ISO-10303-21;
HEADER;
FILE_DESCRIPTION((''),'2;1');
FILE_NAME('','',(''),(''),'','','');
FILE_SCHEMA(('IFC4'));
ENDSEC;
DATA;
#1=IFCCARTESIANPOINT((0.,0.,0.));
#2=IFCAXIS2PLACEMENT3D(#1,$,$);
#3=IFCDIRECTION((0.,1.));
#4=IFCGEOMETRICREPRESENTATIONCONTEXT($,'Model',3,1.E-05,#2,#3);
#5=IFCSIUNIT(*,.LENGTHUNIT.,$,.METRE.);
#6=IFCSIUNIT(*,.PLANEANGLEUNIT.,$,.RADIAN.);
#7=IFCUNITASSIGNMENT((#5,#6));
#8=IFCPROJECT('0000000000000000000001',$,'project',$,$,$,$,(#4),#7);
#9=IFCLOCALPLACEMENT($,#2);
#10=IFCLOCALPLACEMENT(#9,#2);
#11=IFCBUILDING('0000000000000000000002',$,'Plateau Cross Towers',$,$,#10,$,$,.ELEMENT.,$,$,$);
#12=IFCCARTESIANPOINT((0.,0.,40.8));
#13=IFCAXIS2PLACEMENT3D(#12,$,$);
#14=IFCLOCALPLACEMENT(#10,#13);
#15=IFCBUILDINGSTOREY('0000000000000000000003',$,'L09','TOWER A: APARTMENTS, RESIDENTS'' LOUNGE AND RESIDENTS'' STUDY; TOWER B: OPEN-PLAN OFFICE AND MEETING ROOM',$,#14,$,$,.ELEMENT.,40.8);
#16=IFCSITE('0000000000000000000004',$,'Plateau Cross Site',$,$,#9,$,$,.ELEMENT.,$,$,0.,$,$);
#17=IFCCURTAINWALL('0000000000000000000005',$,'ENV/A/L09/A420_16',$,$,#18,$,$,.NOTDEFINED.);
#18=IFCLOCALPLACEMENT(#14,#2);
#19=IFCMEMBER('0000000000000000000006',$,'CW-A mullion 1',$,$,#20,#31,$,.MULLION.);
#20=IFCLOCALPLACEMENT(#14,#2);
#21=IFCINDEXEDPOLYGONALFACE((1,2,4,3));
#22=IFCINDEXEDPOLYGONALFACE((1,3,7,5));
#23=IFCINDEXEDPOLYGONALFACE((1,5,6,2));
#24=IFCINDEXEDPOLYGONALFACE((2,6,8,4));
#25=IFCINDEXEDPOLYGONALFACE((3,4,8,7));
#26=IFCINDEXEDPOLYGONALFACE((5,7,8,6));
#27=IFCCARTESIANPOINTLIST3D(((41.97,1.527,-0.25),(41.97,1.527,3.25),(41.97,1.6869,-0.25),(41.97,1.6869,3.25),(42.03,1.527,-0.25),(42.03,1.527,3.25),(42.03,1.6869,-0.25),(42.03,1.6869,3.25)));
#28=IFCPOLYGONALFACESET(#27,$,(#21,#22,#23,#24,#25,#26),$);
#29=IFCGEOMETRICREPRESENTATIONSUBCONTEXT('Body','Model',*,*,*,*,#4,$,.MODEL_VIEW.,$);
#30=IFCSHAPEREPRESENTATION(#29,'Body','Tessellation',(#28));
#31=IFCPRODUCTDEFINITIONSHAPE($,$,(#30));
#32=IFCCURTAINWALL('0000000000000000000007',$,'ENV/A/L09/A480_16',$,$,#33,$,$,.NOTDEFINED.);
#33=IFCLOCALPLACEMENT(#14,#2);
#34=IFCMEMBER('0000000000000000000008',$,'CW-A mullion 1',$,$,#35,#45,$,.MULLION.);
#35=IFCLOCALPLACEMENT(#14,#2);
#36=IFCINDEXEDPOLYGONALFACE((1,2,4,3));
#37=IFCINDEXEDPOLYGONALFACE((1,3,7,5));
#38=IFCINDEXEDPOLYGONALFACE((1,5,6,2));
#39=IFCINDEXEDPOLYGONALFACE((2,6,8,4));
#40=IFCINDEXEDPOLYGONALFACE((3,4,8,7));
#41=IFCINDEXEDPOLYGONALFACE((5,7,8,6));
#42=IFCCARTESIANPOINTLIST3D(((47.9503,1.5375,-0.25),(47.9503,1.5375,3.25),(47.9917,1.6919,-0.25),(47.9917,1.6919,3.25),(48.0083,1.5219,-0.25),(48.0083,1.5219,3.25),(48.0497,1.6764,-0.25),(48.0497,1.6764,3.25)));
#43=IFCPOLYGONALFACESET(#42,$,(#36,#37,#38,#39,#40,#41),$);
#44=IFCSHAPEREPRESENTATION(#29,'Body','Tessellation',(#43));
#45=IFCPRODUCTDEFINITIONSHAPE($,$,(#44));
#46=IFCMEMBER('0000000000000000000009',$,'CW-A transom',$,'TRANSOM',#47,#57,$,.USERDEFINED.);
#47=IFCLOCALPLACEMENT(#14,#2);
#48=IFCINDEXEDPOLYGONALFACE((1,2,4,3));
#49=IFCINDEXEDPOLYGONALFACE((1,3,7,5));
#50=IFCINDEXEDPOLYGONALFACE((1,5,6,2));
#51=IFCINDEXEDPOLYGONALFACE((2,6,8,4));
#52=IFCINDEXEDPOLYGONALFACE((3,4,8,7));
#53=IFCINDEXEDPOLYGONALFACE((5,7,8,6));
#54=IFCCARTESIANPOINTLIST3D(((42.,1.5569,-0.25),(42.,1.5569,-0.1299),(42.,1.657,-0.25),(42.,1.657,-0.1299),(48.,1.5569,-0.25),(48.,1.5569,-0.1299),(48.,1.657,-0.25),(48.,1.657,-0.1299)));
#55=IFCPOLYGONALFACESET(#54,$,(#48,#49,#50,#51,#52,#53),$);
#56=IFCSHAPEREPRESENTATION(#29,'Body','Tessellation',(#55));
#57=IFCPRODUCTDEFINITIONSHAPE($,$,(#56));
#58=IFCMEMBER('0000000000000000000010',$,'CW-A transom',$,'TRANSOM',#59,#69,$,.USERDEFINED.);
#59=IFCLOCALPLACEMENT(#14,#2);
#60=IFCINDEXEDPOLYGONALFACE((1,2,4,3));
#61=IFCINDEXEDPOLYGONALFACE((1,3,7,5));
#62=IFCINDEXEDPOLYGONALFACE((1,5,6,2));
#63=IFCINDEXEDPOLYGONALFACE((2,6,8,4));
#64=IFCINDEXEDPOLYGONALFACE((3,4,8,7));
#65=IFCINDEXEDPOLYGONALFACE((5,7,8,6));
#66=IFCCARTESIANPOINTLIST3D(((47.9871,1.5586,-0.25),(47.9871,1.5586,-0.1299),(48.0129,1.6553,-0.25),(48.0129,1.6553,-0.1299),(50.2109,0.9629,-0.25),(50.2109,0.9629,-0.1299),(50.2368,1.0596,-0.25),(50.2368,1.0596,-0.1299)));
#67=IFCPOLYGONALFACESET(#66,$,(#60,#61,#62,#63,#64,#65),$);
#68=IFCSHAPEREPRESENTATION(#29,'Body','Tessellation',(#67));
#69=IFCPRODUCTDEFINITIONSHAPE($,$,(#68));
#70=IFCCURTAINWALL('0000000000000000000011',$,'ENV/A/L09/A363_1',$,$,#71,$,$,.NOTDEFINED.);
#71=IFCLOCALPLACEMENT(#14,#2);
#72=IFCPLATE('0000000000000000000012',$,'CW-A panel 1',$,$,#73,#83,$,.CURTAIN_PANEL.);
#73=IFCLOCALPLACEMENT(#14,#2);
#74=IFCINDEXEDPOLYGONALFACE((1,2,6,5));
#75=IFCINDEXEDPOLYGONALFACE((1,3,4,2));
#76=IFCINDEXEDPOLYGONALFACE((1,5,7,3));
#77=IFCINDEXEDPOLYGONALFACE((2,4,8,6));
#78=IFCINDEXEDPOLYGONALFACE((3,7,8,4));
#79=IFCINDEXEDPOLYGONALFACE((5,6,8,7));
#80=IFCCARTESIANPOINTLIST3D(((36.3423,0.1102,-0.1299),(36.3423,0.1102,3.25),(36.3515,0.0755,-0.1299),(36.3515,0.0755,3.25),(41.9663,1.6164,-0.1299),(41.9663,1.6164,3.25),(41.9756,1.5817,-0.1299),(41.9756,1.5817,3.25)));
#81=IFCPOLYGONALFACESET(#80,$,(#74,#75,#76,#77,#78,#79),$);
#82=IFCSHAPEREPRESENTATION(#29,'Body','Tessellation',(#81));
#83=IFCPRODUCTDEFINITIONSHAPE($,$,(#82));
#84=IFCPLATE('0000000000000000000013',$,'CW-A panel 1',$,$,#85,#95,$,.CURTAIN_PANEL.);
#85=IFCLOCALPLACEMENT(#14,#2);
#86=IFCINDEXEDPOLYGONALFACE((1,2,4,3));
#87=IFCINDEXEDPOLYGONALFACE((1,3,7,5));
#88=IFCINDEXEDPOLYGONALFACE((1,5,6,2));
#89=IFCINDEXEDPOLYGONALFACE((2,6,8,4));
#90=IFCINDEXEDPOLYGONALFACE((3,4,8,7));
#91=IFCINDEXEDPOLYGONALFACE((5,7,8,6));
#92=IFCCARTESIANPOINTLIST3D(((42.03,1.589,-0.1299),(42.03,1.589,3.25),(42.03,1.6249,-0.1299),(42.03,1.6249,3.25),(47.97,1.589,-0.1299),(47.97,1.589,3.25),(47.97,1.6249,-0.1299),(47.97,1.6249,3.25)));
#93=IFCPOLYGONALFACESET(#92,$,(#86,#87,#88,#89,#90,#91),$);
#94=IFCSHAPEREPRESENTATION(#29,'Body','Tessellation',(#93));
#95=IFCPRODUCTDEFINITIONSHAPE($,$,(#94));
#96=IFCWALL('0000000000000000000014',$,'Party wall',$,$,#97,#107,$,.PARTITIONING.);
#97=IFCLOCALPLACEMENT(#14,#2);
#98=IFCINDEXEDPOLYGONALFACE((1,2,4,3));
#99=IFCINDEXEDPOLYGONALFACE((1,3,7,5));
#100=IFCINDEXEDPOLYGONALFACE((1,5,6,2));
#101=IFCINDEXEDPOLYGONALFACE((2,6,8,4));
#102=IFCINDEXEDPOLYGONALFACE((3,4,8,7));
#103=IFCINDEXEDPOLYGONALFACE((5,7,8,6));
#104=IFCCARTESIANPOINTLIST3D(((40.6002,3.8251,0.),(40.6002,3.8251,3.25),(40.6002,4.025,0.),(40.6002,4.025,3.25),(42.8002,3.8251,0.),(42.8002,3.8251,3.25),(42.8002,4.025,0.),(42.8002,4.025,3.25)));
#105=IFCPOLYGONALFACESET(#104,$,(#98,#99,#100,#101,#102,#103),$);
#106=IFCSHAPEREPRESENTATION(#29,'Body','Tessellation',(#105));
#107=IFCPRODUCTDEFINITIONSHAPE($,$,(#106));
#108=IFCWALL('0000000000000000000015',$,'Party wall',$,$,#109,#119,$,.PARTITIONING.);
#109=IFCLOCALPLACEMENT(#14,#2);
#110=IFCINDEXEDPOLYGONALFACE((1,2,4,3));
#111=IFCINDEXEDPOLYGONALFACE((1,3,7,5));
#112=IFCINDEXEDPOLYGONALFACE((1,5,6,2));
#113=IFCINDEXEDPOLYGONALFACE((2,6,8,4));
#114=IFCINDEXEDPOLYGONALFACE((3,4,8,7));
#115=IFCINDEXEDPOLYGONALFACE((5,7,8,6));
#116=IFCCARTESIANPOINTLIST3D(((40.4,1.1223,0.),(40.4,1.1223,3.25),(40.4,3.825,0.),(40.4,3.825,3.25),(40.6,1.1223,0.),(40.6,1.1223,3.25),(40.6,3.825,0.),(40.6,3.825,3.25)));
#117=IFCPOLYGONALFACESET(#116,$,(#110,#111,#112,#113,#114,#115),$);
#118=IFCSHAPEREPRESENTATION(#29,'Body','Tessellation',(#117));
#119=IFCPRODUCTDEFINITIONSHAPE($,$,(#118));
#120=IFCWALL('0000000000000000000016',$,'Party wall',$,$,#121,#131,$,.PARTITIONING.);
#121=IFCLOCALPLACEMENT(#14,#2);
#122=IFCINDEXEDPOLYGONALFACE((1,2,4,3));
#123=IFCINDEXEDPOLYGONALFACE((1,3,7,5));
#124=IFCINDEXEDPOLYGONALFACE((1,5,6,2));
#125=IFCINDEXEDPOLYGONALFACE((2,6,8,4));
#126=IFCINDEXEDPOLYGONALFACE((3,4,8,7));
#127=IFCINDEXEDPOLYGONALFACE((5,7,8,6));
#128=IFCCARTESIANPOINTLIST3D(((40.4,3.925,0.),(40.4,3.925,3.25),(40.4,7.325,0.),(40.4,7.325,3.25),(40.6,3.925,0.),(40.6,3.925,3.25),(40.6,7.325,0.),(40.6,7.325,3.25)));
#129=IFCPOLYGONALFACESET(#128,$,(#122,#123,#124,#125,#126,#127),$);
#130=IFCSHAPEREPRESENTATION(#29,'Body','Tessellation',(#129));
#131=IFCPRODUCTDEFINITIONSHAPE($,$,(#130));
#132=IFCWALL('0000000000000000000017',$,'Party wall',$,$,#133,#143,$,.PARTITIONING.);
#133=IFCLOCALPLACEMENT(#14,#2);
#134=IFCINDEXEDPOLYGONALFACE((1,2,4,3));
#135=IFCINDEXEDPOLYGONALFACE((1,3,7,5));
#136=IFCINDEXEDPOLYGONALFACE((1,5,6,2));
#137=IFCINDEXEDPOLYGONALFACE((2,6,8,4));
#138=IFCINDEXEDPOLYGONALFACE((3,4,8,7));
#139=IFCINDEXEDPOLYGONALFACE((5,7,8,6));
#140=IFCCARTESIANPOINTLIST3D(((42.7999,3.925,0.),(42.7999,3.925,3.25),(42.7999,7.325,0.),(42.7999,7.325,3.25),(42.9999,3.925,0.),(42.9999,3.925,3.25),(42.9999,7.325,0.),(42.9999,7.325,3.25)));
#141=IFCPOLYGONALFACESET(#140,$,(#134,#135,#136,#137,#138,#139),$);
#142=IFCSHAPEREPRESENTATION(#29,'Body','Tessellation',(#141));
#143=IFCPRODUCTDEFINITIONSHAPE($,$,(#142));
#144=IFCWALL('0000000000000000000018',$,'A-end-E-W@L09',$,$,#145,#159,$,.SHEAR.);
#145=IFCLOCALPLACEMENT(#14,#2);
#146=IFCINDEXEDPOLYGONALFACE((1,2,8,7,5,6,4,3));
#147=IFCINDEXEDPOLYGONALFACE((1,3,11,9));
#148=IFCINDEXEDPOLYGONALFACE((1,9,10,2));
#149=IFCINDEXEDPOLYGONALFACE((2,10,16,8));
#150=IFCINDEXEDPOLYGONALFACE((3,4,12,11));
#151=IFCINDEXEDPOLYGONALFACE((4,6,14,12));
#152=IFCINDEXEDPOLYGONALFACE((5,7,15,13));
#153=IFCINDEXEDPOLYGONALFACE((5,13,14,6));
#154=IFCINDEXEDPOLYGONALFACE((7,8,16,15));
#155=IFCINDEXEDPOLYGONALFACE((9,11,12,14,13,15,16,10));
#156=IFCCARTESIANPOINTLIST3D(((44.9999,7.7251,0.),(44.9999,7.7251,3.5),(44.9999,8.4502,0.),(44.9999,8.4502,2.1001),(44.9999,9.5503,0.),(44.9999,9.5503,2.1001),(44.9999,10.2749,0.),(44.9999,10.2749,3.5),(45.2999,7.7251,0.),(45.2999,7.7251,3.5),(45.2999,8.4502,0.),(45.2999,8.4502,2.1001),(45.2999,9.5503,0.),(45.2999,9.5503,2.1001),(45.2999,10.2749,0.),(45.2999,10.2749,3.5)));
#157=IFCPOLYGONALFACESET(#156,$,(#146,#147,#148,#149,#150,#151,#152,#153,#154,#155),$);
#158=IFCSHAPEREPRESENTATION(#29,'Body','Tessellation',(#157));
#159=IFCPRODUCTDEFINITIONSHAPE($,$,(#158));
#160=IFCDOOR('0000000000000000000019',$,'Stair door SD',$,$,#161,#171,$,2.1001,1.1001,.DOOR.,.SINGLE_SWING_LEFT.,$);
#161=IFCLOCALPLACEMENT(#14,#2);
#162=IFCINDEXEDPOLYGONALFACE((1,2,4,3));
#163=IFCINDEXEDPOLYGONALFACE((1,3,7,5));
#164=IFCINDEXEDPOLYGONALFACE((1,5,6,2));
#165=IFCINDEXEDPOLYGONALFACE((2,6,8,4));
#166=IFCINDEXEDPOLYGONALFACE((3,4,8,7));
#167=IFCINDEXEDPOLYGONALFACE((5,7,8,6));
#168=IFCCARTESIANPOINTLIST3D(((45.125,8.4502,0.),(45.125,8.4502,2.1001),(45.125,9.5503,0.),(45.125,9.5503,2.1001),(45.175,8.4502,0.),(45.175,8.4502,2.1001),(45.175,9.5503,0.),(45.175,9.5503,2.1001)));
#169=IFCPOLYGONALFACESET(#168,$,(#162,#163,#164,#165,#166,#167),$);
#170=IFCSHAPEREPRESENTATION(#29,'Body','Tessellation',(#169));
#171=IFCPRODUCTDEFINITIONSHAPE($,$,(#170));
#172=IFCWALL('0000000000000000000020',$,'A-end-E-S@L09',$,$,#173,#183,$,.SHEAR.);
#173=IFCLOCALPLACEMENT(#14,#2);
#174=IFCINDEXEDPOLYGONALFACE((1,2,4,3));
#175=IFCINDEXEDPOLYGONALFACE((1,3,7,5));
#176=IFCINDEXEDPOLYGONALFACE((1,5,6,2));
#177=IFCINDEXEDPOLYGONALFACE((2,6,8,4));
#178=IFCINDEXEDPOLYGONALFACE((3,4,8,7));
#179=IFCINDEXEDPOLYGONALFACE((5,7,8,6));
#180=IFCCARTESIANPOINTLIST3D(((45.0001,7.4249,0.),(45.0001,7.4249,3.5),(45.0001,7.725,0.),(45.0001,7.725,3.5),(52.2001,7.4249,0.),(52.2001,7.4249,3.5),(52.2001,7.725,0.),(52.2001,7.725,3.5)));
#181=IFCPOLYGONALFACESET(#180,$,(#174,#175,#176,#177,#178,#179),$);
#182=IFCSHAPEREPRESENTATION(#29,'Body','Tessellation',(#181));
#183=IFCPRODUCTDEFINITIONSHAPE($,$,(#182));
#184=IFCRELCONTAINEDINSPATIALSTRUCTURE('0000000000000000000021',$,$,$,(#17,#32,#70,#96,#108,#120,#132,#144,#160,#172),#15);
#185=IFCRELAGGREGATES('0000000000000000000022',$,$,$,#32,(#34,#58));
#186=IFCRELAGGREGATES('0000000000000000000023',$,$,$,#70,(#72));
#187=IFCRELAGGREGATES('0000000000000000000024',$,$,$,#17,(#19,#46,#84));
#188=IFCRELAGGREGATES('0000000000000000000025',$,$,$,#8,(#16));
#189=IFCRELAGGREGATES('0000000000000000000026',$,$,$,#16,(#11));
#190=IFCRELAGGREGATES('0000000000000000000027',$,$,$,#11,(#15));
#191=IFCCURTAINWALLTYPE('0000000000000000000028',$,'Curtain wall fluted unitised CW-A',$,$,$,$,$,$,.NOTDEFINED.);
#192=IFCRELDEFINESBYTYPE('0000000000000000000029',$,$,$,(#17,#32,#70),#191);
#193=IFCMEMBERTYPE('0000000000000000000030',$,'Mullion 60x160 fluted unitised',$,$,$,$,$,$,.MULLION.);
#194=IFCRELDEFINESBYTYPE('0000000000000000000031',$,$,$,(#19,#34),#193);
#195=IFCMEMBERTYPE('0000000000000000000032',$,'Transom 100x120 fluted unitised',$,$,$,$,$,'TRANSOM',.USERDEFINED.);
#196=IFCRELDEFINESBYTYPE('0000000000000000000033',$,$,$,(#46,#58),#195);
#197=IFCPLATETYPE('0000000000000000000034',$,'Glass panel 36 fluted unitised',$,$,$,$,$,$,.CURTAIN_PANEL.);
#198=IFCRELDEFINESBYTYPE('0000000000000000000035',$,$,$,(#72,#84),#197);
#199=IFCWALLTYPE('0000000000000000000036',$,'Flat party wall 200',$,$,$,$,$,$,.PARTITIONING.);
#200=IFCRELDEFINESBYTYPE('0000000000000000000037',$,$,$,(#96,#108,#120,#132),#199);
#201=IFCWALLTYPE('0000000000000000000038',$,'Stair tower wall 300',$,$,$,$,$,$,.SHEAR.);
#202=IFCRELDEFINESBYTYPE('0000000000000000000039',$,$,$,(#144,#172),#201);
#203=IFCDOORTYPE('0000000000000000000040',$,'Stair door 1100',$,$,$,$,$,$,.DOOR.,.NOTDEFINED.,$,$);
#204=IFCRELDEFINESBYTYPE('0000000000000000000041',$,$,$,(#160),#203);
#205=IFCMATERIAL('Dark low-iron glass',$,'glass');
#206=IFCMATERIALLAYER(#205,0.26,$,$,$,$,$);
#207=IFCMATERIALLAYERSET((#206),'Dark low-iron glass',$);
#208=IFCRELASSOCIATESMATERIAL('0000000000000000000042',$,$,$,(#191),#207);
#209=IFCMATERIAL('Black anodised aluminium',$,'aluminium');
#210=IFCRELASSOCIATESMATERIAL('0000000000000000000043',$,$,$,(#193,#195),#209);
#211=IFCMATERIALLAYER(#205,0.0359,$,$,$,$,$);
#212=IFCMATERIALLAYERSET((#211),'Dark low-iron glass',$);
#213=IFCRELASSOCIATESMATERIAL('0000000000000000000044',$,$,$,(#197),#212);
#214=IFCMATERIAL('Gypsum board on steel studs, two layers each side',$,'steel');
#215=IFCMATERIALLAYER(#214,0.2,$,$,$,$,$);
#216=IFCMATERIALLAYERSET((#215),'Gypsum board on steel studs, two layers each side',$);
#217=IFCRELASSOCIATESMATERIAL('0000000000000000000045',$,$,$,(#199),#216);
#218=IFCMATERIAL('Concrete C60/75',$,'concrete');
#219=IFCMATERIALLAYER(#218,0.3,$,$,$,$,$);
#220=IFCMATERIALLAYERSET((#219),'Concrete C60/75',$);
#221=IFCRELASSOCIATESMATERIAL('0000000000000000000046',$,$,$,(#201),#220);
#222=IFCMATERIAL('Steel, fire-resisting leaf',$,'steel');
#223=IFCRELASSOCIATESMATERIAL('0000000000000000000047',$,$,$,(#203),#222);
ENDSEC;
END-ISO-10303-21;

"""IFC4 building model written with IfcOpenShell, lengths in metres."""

from ifc_helpers import new_model, si_unit, direction, frame, frame_2d, origin, origin_2d, place, context, subcontext, project, spatial, rectangle, extrude, material, layer, layer_set, material_profile, profile_set, type_object, element, fill, aggregate, save


model = new_model("IFC4")

# Units and contexts
model_context = context("Model", 3, precision=1e-05, world=origin(), true_north=direction((0.0, 1.0)))
body_context = subcontext(model_context, "Body", "Model", "MODEL_VIEW")
ifc_project = project(units=[si_unit("LENGTHUNIT", "METRE"), si_unit("PLANEANGLEUNIT", "RADIAN")], contexts=[model_context])

# Site, building, storey
site_placement = place(None, origin())
site = spatial("IfcSite", under=ifc_project, at=site_placement, Name="Plateau Cross Site", CompositionType="ELEMENT", RefElevation=0.0)
building_placement = place(site_placement, origin())
building = spatial("IfcBuilding", under=site, at=building_placement, Name="Plateau Cross Towers", CompositionType="ELEMENT")
storey_placement = place(building_placement, frame((0.0, 0.0, 40.8)))
storey = spatial("IfcBuildingStorey", under=building, at=storey_placement, Name="L09", Description="TOWER A: APARTMENTS, RESIDENTS' LOUNGE AND RESIDENTS' STUDY; TOWER B: OPEN-PLAN OFFICE AND MEETING ROOM", CompositionType="ELEMENT", Elevation=40.8)

# Curtain walls, members
ifc_material_1 = material(Name="Dark low-iron glass", Category="glass")
ifc_layer_1 = layer(ifc_material_1, 0.26)
ifc_layer_set_1 = layer_set([ifc_layer_1], Name="Dark low-iron glass")
curtain_wall_type = type_object("IfcCurtainWallType", Name="Curtain wall fluted unitised CW-A", PredefinedType="NOTDEFINED", material=ifc_layer_set_1)
curtain_wall_1_placement = place(storey_placement, origin())
curtain_wall_1 = element("IfcCurtainWall", 1, at=curtain_wall_1_placement, inside=storey, type_object=curtain_wall_type, Name="ENV/A/L09/A420_16", PredefinedType="NOTDEFINED")
ifc_material_2 = material(Name="Black anodised aluminium", Category="aluminium")
ifc_material_profile_1 = material_profile(ifc_material_2, rectangle(XDim=0.0601, YDim=0.1599, at=origin_2d()), Name="MULLION 60x160")
ifc_profile_set_1 = profile_set([ifc_material_profile_1], Name="Black anodised aluminium")
member_type_1 = type_object("IfcMemberType", Name="Mullion 60x160 fluted unitised", PredefinedType="MULLION", material=ifc_profile_set_1)
member_1_placement = place(storey_placement, frame((42.0, 1.6069, -0.25), z_axis=(0.0, 0.0, 1.0), x_axis=(1.0, 0.0, 0.0)))
member_1 = element("IfcMember", 2, at=member_1_placement, type_object=member_type_1, Name="CW-A mullion 1", PredefinedType="MULLION", context=body_context, shape_type="SweptSolid", body=[
    extrude(rectangle(XDim=0.0601, YDim=0.1599, at=origin_2d()), origin(), (0.0, 0.0, 1.0), 3.5),
])
curtain_wall_2_placement = place(storey_placement, origin())
curtain_wall_2 = element("IfcCurtainWall", 3, at=curtain_wall_2_placement, inside=storey, type_object=curtain_wall_type, Name="ENV/A/L09/A480_16", PredefinedType="NOTDEFINED")
member_2_placement = place(storey_placement, frame((48.0, 1.6069, -0.25), z_axis=(0.0, 0.0, 1.0), x_axis=(0.965958, -0.258699, 0.0)))
member_2 = element("IfcMember", 4, at=member_2_placement, type_object=member_type_1, Name="CW-A mullion 1", PredefinedType="MULLION", context=body_context, shape_type="SweptSolid", body=[
    extrude(rectangle(XDim=0.0601, YDim=0.1599, at=origin_2d()), origin(), (0.0, 0.0, 1.0), 3.5),
])

# Members
ifc_material_profile_2 = material_profile(ifc_material_2, rectangle(XDim=0.1001, YDim=0.1201, at=origin_2d()), Name="TRANSOM 100x120")
ifc_profile_set_2 = profile_set([ifc_material_profile_2], Name="Black anodised aluminium")
member_type_2 = type_object("IfcMemberType", Name="Transom 100x120 fluted unitised", ElementType="TRANSOM", PredefinedType="USERDEFINED", material=ifc_profile_set_2)
member_3_placement = place(storey_placement, frame((42.0, 1.6069, -0.1899), z_axis=(1.0, 0.0, 0.0), x_axis=(0.0, 1.0, 0.0)))
member_3 = element("IfcMember", 5, at=member_3_placement, type_object=member_type_2, Name="CW-A transom", ObjectType="TRANSOM", PredefinedType="USERDEFINED", context=body_context, shape_type="SweptSolid", body=[
    extrude(rectangle(XDim=0.1001, YDim=0.1201, at=origin_2d()), origin(), (0.0, 0.0, 1.0), 6.0),
])
member_4_placement = place(storey_placement, frame((48.0, 1.6069, -0.1899), z_axis=(0.965946, -0.258745, 0.0), x_axis=(0.258745, 0.965946, 0.0)))
member_4 = element("IfcMember", 6, at=member_4_placement, type_object=member_type_2, Name="CW-A transom", ObjectType="TRANSOM", PredefinedType="USERDEFINED", context=body_context, shape_type="SweptSolid", body=[
    extrude(rectangle(XDim=0.1001, YDim=0.1201, at=origin_2d()), origin(), (0.0, 0.0, 1.0), 2.3022),
])
aggregate(curtain_wall_2, [member_2, member_4])

# Curtain wall, plate
curtain_wall_3_placement = place(storey_placement, origin())
curtain_wall_3 = element("IfcCurtainWall", 7, at=curtain_wall_3_placement, inside=storey, type_object=curtain_wall_type, Name="ENV/A/L09/A363_1", PredefinedType="NOTDEFINED")
ifc_layer_2 = layer(ifc_material_1, 0.0359)
ifc_layer_set_2 = layer_set([ifc_layer_2], Name="Dark low-iron glass")
plate_type = type_object("IfcPlateType", Name="Glass panel 36 fluted unitised", PredefinedType="CURTAIN_PANEL", material=ifc_layer_set_2)
plate_1_placement = place(storey_placement, frame((39.1589, 0.8459, -0.1299), z_axis=(0.0, 0.0, 1.0), x_axis=(0.965958, 0.258699, 0.0)))
plate_1 = element("IfcPlate", 8, at=plate_1_placement, type_object=plate_type, Name="CW-A panel 1", PredefinedType="CURTAIN_PANEL", context=body_context, shape_type="SweptSolid", body=[
    extrude(rectangle(XDim=5.8223, YDim=0.0359, at=origin_2d()), origin(), (0.0, 0.0, 1.0), 3.3799),
])
aggregate(curtain_wall_3, [plate_1])

# Plate
plate_2_placement = place(storey_placement, frame((45.0, 1.6069, -0.1299), z_axis=(0.0, 0.0, 1.0), x_axis=(1.0, 0.0, 0.0)))
plate_2 = element("IfcPlate", 9, at=plate_2_placement, type_object=plate_type, Name="CW-A panel 1", PredefinedType="CURTAIN_PANEL", context=body_context, shape_type="SweptSolid", body=[
    extrude(rectangle(XDim=5.9399, YDim=0.0359, at=origin_2d()), origin(), (0.0, 0.0, 1.0), 3.3799),
])
aggregate(curtain_wall_1, [member_1, member_3, plate_2])

# Walls
ifc_material_3 = material(Name="Gypsum board on steel studs, two layers each side", Category="steel")
ifc_layer_3 = layer(ifc_material_3, 0.2)
ifc_layer_set_3 = layer_set([ifc_layer_3], Name="Gypsum board on steel studs, two layers each side")
wall_type_1 = type_object("IfcWallType", Name="Flat party wall 200", PredefinedType="PARTITIONING", material=ifc_layer_set_3)
wall_1_placement = place(storey_placement, frame((40.6001, 3.925, 0.0), z_axis=(0.0, 0.0, 1.0), x_axis=(1.0, 0.0, 0.0)))
element("IfcWall", 10, at=wall_1_placement, inside=storey, type_object=wall_type_1, Name="Party wall", PredefinedType="PARTITIONING", context=body_context, shape_type="SweptSolid", body=[
    extrude(rectangle(XDim=2.2, YDim=0.2, at=frame_2d((1.1001, 0.0))), origin(), (0.0, 0.0, 1.0), 3.25),
])
wall_2_placement = place(storey_placement, frame((40.5, 3.825, 0.0), z_axis=(0.0, 0.0, 1.0), x_axis=(0.0, -1.0, 0.0)))
element("IfcWall", 11, at=wall_2_placement, inside=storey, type_object=wall_type_1, Name="Party wall", PredefinedType="PARTITIONING", context=body_context, shape_type="SweptSolid", body=[
    extrude(rectangle(XDim=2.7026, YDim=0.2, at=frame_2d((1.3513, 0.0))), origin(), (0.0, 0.0, 1.0), 3.25),
])
for number, where, z_axis, x_axis, name in (
    (12, (40.5, 3.925, 0.0), (0.0, 0.0, 1.0), (0.0, 1.0, 0.0), "Party wall"),
    (13, (42.8999, 3.925, 0.0), (0.0, 0.0, 1.0), (0.0, 1.0, 0.0), "Party wall"),
):
    element("IfcWall", number, at=place(storey_placement, frame(where, z_axis=z_axis, x_axis=x_axis)), inside=storey, type_object=wall_type_1, Name=name, PredefinedType="PARTITIONING", context=body_context, shape_type="SweptSolid", body=[
        extrude(rectangle(XDim=3.3999, YDim=0.2, at=frame_2d((1.7, 0.0))), origin(), (0.0, 0.0, 1.0), 3.25),
    ])

# Wall, opening, door
ifc_material_4 = material(Name="Concrete C60/75", Category="concrete")
ifc_layer_4 = layer(ifc_material_4, 0.3)
ifc_layer_set_4 = layer_set([ifc_layer_4], Name="Concrete C60/75")
wall_type_2 = type_object("IfcWallType", Name="Stair tower wall 300", PredefinedType="SHEAR", material=ifc_layer_set_4)
wall_3_placement = place(storey_placement, frame((45.1499, 7.7251, 0.0), z_axis=(0.0, 0.0, 1.0), x_axis=(0.0, 1.0, 0.0)))
wall_3 = element("IfcWall", 14, at=wall_3_placement, inside=storey, type_object=wall_type_2, Name="A-end-E-W@L09", PredefinedType="SHEAR", context=body_context, shape_type="SweptSolid", body=[
    extrude(rectangle(XDim=2.5498, YDim=0.3, at=frame_2d((1.2749, 0.0))), origin(), (0.0, 0.0, 1.0), 3.5),
])
opening_placement = place(wall_3_placement, frame((0.7251, 0.0, 0.0)))
opening = element("IfcOpeningElement", 15, at=opening_placement, cuts=wall_3, PredefinedType="OPENING", context=body_context, shape_type="SweptSolid", body=[
    extrude(rectangle(XDim=1.1001, YDim=2.1001, at=frame_2d((0.55, 1.05))), frame((0.0, 0.1599, 0.0), z_axis=(0.0, -1.0, 0.0), x_axis=(1.0, 0.0, 0.0)), (0.0, 0.0, 1.0), 0.3201),
])
ifc_material_5 = material(Name="Steel, fire-resisting leaf", Category="steel")
door_type = type_object("IfcDoorType", Name="Stair door 1100", OperationType="NOTDEFINED", PredefinedType="DOOR", material=ifc_material_5)
door_placement = place(opening_placement, origin())
door = element("IfcDoor", 16, at=door_placement, inside=storey, type_object=door_type, Name="Stair door SD", OperationType="SINGLE_SWING_LEFT", OverallHeight=2.1001, OverallWidth=1.1001, PredefinedType="DOOR", context=body_context, shape_type="SweptSolid", body=[
    extrude(rectangle(XDim=1.1001, YDim=2.1001, at=frame_2d((0.55, 1.05))), frame((0.0, 0.0249, 0.0), z_axis=(0.0, -1.0, 0.0), x_axis=(1.0, 0.0, 0.0)), (0.0, 0.0, 1.0), 0.05),
])
fill(opening, door)

# Wall
wall_4_placement = place(storey_placement, frame((45.0, 7.575, 0.0), z_axis=(0.0, 0.0, 1.0), x_axis=(1.0, 0.0, 0.0)))
element("IfcWall", 17, at=wall_4_placement, inside=storey, type_object=wall_type_2, Name="A-end-E-S@L09", PredefinedType="SHEAR", context=body_context, shape_type="SweptSolid", body=[
    extrude(rectangle(XDim=7.2, YDim=0.3, at=frame_2d((3.6001, 0.0))), origin(), (0.0, 0.0, 1.0), 3.5),
])

save(model, "model.ifc")
